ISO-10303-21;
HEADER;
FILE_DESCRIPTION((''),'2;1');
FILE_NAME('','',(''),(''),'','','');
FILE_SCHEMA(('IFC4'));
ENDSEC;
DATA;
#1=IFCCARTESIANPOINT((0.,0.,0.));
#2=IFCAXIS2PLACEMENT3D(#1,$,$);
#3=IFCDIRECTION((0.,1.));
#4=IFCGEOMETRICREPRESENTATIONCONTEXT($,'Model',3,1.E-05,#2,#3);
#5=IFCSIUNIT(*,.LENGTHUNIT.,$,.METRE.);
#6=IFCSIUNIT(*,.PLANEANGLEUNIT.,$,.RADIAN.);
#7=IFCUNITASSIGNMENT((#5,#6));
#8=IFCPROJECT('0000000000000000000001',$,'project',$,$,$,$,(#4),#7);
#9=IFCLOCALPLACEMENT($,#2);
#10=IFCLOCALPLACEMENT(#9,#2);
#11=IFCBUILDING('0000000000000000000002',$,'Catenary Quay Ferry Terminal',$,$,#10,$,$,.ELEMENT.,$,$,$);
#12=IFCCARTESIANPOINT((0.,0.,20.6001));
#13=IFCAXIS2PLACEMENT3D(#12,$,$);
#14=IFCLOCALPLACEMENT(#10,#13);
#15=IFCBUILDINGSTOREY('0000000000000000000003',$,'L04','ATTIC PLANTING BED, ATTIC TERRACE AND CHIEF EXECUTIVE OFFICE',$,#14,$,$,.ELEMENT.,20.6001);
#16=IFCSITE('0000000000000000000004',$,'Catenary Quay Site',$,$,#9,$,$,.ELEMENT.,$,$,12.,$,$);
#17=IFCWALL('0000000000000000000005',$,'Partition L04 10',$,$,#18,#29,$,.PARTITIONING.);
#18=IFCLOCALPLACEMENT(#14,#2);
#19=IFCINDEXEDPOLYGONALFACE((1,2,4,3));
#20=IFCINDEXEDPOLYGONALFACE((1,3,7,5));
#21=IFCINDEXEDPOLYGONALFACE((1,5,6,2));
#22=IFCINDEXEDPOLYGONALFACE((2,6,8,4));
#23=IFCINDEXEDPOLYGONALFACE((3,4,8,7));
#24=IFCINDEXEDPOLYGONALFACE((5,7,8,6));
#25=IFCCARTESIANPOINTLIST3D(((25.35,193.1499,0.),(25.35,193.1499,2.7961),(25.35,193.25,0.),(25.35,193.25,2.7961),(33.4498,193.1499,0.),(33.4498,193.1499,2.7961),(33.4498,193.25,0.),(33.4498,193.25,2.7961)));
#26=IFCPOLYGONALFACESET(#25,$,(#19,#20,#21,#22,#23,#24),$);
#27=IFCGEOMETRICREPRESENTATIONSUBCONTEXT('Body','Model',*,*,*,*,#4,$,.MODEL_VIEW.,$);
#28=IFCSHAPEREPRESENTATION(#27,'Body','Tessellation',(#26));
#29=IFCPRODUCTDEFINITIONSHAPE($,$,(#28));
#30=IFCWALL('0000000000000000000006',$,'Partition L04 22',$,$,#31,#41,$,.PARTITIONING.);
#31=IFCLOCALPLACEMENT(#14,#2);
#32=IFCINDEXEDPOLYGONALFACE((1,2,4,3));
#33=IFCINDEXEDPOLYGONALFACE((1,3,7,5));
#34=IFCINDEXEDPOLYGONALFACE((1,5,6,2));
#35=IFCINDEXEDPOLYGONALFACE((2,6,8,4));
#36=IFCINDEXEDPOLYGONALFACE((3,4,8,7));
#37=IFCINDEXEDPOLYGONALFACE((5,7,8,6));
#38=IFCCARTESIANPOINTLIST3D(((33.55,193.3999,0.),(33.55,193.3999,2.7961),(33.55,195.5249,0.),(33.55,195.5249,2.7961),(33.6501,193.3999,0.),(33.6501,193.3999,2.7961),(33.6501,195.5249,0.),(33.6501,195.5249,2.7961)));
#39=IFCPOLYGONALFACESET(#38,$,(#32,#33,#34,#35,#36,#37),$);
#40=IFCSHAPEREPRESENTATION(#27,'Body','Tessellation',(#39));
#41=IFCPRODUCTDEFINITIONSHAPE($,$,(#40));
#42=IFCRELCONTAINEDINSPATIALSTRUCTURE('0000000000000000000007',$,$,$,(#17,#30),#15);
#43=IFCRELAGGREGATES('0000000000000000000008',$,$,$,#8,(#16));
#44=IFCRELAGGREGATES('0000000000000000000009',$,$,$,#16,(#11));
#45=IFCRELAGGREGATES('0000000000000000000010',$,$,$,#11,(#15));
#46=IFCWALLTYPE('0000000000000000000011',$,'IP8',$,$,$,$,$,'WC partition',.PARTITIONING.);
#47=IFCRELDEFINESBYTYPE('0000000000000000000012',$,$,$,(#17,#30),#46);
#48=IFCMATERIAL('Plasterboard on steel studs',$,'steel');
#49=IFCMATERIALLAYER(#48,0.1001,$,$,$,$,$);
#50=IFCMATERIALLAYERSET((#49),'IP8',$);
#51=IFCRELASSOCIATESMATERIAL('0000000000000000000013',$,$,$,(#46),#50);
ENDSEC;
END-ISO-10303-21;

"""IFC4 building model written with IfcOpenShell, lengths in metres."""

from ifc_helpers import new_model, si_unit, direction, frame, frame_2d, origin, place, context, subcontext, project, spatial, rectangle, extrude, material, layer, layer_set, type_object, element, save


model = new_model("IFC4")

# Units and contexts
model_context = context("Model", 3, precision=1e-05, world=origin(), true_north=direction((0.0, 1.0)))
body_context = subcontext(model_context, "Body", "Model", "MODEL_VIEW")
ifc_project = project(units=[si_unit("LENGTHUNIT", "METRE"), si_unit("PLANEANGLEUNIT", "RADIAN")], contexts=[model_context])

# Site, building, storey
site_placement = place(None, origin())
site = spatial("IfcSite", under=ifc_project, at=site_placement, Name="Catenary Quay Site", CompositionType="ELEMENT", RefElevation=12.0)
building_placement = place(site_placement, origin())
building = spatial("IfcBuilding", under=site, at=building_placement, Name="Catenary Quay Ferry Terminal", CompositionType="ELEMENT")
storey_placement = place(building_placement, frame((0.0, 0.0, 20.6001)))
storey = spatial("IfcBuildingStorey", under=building, at=storey_placement, Name="L04", Description="ATTIC PLANTING BED, ATTIC TERRACE AND CHIEF EXECUTIVE OFFICE", CompositionType="ELEMENT", Elevation=20.6001)

# Walls
ifc_material_1 = material(Name="Plasterboard on steel studs", Category="steel")
ifc_layer_1 = layer(ifc_material_1, 0.1001)
ifc_layer_set_1 = layer_set([ifc_layer_1], Name="IP8")
wall_type_1 = type_object("IfcWallType", Name="IP8", ElementType="WC partition", PredefinedType="PARTITIONING", material=ifc_layer_set_1)
wall_1_placement = place(storey_placement, frame((25.3501, 193.2, 0.0), z_axis=(0.0, 0.0, 1.0), x_axis=(1.0, 0.0, 0.0)))
element("IfcWall", 1, at=wall_1_placement, inside=storey, type_object=wall_type_1, Name="Partition L04 10", PredefinedType="PARTITIONING", context=body_context, shape_type="SweptSolid", body=[
    extrude(rectangle(XDim=8.0999, YDim=0.1001, at=frame_2d((4.0498, 0.0))), origin(), (0.0, 0.0, 1.0), 2.7961),
])
wall_2_placement = place(storey_placement, frame((33.6001, 193.3999, 0.0), z_axis=(0.0, 0.0, 1.0), x_axis=(0.0, 1.0, 0.0)))
element("IfcWall", 2, at=wall_2_placement, inside=storey, type_object=wall_type_1, Name="Partition L04 22", PredefinedType="PARTITIONING", context=body_context, shape_type="SweptSolid", body=[
    extrude(rectangle(XDim=2.125, YDim=0.1001, at=frame_2d((1.0625, 0.0))), origin(), (0.0, 0.0, 1.0), 2.7961),
])

save(model, "model.ifc")
